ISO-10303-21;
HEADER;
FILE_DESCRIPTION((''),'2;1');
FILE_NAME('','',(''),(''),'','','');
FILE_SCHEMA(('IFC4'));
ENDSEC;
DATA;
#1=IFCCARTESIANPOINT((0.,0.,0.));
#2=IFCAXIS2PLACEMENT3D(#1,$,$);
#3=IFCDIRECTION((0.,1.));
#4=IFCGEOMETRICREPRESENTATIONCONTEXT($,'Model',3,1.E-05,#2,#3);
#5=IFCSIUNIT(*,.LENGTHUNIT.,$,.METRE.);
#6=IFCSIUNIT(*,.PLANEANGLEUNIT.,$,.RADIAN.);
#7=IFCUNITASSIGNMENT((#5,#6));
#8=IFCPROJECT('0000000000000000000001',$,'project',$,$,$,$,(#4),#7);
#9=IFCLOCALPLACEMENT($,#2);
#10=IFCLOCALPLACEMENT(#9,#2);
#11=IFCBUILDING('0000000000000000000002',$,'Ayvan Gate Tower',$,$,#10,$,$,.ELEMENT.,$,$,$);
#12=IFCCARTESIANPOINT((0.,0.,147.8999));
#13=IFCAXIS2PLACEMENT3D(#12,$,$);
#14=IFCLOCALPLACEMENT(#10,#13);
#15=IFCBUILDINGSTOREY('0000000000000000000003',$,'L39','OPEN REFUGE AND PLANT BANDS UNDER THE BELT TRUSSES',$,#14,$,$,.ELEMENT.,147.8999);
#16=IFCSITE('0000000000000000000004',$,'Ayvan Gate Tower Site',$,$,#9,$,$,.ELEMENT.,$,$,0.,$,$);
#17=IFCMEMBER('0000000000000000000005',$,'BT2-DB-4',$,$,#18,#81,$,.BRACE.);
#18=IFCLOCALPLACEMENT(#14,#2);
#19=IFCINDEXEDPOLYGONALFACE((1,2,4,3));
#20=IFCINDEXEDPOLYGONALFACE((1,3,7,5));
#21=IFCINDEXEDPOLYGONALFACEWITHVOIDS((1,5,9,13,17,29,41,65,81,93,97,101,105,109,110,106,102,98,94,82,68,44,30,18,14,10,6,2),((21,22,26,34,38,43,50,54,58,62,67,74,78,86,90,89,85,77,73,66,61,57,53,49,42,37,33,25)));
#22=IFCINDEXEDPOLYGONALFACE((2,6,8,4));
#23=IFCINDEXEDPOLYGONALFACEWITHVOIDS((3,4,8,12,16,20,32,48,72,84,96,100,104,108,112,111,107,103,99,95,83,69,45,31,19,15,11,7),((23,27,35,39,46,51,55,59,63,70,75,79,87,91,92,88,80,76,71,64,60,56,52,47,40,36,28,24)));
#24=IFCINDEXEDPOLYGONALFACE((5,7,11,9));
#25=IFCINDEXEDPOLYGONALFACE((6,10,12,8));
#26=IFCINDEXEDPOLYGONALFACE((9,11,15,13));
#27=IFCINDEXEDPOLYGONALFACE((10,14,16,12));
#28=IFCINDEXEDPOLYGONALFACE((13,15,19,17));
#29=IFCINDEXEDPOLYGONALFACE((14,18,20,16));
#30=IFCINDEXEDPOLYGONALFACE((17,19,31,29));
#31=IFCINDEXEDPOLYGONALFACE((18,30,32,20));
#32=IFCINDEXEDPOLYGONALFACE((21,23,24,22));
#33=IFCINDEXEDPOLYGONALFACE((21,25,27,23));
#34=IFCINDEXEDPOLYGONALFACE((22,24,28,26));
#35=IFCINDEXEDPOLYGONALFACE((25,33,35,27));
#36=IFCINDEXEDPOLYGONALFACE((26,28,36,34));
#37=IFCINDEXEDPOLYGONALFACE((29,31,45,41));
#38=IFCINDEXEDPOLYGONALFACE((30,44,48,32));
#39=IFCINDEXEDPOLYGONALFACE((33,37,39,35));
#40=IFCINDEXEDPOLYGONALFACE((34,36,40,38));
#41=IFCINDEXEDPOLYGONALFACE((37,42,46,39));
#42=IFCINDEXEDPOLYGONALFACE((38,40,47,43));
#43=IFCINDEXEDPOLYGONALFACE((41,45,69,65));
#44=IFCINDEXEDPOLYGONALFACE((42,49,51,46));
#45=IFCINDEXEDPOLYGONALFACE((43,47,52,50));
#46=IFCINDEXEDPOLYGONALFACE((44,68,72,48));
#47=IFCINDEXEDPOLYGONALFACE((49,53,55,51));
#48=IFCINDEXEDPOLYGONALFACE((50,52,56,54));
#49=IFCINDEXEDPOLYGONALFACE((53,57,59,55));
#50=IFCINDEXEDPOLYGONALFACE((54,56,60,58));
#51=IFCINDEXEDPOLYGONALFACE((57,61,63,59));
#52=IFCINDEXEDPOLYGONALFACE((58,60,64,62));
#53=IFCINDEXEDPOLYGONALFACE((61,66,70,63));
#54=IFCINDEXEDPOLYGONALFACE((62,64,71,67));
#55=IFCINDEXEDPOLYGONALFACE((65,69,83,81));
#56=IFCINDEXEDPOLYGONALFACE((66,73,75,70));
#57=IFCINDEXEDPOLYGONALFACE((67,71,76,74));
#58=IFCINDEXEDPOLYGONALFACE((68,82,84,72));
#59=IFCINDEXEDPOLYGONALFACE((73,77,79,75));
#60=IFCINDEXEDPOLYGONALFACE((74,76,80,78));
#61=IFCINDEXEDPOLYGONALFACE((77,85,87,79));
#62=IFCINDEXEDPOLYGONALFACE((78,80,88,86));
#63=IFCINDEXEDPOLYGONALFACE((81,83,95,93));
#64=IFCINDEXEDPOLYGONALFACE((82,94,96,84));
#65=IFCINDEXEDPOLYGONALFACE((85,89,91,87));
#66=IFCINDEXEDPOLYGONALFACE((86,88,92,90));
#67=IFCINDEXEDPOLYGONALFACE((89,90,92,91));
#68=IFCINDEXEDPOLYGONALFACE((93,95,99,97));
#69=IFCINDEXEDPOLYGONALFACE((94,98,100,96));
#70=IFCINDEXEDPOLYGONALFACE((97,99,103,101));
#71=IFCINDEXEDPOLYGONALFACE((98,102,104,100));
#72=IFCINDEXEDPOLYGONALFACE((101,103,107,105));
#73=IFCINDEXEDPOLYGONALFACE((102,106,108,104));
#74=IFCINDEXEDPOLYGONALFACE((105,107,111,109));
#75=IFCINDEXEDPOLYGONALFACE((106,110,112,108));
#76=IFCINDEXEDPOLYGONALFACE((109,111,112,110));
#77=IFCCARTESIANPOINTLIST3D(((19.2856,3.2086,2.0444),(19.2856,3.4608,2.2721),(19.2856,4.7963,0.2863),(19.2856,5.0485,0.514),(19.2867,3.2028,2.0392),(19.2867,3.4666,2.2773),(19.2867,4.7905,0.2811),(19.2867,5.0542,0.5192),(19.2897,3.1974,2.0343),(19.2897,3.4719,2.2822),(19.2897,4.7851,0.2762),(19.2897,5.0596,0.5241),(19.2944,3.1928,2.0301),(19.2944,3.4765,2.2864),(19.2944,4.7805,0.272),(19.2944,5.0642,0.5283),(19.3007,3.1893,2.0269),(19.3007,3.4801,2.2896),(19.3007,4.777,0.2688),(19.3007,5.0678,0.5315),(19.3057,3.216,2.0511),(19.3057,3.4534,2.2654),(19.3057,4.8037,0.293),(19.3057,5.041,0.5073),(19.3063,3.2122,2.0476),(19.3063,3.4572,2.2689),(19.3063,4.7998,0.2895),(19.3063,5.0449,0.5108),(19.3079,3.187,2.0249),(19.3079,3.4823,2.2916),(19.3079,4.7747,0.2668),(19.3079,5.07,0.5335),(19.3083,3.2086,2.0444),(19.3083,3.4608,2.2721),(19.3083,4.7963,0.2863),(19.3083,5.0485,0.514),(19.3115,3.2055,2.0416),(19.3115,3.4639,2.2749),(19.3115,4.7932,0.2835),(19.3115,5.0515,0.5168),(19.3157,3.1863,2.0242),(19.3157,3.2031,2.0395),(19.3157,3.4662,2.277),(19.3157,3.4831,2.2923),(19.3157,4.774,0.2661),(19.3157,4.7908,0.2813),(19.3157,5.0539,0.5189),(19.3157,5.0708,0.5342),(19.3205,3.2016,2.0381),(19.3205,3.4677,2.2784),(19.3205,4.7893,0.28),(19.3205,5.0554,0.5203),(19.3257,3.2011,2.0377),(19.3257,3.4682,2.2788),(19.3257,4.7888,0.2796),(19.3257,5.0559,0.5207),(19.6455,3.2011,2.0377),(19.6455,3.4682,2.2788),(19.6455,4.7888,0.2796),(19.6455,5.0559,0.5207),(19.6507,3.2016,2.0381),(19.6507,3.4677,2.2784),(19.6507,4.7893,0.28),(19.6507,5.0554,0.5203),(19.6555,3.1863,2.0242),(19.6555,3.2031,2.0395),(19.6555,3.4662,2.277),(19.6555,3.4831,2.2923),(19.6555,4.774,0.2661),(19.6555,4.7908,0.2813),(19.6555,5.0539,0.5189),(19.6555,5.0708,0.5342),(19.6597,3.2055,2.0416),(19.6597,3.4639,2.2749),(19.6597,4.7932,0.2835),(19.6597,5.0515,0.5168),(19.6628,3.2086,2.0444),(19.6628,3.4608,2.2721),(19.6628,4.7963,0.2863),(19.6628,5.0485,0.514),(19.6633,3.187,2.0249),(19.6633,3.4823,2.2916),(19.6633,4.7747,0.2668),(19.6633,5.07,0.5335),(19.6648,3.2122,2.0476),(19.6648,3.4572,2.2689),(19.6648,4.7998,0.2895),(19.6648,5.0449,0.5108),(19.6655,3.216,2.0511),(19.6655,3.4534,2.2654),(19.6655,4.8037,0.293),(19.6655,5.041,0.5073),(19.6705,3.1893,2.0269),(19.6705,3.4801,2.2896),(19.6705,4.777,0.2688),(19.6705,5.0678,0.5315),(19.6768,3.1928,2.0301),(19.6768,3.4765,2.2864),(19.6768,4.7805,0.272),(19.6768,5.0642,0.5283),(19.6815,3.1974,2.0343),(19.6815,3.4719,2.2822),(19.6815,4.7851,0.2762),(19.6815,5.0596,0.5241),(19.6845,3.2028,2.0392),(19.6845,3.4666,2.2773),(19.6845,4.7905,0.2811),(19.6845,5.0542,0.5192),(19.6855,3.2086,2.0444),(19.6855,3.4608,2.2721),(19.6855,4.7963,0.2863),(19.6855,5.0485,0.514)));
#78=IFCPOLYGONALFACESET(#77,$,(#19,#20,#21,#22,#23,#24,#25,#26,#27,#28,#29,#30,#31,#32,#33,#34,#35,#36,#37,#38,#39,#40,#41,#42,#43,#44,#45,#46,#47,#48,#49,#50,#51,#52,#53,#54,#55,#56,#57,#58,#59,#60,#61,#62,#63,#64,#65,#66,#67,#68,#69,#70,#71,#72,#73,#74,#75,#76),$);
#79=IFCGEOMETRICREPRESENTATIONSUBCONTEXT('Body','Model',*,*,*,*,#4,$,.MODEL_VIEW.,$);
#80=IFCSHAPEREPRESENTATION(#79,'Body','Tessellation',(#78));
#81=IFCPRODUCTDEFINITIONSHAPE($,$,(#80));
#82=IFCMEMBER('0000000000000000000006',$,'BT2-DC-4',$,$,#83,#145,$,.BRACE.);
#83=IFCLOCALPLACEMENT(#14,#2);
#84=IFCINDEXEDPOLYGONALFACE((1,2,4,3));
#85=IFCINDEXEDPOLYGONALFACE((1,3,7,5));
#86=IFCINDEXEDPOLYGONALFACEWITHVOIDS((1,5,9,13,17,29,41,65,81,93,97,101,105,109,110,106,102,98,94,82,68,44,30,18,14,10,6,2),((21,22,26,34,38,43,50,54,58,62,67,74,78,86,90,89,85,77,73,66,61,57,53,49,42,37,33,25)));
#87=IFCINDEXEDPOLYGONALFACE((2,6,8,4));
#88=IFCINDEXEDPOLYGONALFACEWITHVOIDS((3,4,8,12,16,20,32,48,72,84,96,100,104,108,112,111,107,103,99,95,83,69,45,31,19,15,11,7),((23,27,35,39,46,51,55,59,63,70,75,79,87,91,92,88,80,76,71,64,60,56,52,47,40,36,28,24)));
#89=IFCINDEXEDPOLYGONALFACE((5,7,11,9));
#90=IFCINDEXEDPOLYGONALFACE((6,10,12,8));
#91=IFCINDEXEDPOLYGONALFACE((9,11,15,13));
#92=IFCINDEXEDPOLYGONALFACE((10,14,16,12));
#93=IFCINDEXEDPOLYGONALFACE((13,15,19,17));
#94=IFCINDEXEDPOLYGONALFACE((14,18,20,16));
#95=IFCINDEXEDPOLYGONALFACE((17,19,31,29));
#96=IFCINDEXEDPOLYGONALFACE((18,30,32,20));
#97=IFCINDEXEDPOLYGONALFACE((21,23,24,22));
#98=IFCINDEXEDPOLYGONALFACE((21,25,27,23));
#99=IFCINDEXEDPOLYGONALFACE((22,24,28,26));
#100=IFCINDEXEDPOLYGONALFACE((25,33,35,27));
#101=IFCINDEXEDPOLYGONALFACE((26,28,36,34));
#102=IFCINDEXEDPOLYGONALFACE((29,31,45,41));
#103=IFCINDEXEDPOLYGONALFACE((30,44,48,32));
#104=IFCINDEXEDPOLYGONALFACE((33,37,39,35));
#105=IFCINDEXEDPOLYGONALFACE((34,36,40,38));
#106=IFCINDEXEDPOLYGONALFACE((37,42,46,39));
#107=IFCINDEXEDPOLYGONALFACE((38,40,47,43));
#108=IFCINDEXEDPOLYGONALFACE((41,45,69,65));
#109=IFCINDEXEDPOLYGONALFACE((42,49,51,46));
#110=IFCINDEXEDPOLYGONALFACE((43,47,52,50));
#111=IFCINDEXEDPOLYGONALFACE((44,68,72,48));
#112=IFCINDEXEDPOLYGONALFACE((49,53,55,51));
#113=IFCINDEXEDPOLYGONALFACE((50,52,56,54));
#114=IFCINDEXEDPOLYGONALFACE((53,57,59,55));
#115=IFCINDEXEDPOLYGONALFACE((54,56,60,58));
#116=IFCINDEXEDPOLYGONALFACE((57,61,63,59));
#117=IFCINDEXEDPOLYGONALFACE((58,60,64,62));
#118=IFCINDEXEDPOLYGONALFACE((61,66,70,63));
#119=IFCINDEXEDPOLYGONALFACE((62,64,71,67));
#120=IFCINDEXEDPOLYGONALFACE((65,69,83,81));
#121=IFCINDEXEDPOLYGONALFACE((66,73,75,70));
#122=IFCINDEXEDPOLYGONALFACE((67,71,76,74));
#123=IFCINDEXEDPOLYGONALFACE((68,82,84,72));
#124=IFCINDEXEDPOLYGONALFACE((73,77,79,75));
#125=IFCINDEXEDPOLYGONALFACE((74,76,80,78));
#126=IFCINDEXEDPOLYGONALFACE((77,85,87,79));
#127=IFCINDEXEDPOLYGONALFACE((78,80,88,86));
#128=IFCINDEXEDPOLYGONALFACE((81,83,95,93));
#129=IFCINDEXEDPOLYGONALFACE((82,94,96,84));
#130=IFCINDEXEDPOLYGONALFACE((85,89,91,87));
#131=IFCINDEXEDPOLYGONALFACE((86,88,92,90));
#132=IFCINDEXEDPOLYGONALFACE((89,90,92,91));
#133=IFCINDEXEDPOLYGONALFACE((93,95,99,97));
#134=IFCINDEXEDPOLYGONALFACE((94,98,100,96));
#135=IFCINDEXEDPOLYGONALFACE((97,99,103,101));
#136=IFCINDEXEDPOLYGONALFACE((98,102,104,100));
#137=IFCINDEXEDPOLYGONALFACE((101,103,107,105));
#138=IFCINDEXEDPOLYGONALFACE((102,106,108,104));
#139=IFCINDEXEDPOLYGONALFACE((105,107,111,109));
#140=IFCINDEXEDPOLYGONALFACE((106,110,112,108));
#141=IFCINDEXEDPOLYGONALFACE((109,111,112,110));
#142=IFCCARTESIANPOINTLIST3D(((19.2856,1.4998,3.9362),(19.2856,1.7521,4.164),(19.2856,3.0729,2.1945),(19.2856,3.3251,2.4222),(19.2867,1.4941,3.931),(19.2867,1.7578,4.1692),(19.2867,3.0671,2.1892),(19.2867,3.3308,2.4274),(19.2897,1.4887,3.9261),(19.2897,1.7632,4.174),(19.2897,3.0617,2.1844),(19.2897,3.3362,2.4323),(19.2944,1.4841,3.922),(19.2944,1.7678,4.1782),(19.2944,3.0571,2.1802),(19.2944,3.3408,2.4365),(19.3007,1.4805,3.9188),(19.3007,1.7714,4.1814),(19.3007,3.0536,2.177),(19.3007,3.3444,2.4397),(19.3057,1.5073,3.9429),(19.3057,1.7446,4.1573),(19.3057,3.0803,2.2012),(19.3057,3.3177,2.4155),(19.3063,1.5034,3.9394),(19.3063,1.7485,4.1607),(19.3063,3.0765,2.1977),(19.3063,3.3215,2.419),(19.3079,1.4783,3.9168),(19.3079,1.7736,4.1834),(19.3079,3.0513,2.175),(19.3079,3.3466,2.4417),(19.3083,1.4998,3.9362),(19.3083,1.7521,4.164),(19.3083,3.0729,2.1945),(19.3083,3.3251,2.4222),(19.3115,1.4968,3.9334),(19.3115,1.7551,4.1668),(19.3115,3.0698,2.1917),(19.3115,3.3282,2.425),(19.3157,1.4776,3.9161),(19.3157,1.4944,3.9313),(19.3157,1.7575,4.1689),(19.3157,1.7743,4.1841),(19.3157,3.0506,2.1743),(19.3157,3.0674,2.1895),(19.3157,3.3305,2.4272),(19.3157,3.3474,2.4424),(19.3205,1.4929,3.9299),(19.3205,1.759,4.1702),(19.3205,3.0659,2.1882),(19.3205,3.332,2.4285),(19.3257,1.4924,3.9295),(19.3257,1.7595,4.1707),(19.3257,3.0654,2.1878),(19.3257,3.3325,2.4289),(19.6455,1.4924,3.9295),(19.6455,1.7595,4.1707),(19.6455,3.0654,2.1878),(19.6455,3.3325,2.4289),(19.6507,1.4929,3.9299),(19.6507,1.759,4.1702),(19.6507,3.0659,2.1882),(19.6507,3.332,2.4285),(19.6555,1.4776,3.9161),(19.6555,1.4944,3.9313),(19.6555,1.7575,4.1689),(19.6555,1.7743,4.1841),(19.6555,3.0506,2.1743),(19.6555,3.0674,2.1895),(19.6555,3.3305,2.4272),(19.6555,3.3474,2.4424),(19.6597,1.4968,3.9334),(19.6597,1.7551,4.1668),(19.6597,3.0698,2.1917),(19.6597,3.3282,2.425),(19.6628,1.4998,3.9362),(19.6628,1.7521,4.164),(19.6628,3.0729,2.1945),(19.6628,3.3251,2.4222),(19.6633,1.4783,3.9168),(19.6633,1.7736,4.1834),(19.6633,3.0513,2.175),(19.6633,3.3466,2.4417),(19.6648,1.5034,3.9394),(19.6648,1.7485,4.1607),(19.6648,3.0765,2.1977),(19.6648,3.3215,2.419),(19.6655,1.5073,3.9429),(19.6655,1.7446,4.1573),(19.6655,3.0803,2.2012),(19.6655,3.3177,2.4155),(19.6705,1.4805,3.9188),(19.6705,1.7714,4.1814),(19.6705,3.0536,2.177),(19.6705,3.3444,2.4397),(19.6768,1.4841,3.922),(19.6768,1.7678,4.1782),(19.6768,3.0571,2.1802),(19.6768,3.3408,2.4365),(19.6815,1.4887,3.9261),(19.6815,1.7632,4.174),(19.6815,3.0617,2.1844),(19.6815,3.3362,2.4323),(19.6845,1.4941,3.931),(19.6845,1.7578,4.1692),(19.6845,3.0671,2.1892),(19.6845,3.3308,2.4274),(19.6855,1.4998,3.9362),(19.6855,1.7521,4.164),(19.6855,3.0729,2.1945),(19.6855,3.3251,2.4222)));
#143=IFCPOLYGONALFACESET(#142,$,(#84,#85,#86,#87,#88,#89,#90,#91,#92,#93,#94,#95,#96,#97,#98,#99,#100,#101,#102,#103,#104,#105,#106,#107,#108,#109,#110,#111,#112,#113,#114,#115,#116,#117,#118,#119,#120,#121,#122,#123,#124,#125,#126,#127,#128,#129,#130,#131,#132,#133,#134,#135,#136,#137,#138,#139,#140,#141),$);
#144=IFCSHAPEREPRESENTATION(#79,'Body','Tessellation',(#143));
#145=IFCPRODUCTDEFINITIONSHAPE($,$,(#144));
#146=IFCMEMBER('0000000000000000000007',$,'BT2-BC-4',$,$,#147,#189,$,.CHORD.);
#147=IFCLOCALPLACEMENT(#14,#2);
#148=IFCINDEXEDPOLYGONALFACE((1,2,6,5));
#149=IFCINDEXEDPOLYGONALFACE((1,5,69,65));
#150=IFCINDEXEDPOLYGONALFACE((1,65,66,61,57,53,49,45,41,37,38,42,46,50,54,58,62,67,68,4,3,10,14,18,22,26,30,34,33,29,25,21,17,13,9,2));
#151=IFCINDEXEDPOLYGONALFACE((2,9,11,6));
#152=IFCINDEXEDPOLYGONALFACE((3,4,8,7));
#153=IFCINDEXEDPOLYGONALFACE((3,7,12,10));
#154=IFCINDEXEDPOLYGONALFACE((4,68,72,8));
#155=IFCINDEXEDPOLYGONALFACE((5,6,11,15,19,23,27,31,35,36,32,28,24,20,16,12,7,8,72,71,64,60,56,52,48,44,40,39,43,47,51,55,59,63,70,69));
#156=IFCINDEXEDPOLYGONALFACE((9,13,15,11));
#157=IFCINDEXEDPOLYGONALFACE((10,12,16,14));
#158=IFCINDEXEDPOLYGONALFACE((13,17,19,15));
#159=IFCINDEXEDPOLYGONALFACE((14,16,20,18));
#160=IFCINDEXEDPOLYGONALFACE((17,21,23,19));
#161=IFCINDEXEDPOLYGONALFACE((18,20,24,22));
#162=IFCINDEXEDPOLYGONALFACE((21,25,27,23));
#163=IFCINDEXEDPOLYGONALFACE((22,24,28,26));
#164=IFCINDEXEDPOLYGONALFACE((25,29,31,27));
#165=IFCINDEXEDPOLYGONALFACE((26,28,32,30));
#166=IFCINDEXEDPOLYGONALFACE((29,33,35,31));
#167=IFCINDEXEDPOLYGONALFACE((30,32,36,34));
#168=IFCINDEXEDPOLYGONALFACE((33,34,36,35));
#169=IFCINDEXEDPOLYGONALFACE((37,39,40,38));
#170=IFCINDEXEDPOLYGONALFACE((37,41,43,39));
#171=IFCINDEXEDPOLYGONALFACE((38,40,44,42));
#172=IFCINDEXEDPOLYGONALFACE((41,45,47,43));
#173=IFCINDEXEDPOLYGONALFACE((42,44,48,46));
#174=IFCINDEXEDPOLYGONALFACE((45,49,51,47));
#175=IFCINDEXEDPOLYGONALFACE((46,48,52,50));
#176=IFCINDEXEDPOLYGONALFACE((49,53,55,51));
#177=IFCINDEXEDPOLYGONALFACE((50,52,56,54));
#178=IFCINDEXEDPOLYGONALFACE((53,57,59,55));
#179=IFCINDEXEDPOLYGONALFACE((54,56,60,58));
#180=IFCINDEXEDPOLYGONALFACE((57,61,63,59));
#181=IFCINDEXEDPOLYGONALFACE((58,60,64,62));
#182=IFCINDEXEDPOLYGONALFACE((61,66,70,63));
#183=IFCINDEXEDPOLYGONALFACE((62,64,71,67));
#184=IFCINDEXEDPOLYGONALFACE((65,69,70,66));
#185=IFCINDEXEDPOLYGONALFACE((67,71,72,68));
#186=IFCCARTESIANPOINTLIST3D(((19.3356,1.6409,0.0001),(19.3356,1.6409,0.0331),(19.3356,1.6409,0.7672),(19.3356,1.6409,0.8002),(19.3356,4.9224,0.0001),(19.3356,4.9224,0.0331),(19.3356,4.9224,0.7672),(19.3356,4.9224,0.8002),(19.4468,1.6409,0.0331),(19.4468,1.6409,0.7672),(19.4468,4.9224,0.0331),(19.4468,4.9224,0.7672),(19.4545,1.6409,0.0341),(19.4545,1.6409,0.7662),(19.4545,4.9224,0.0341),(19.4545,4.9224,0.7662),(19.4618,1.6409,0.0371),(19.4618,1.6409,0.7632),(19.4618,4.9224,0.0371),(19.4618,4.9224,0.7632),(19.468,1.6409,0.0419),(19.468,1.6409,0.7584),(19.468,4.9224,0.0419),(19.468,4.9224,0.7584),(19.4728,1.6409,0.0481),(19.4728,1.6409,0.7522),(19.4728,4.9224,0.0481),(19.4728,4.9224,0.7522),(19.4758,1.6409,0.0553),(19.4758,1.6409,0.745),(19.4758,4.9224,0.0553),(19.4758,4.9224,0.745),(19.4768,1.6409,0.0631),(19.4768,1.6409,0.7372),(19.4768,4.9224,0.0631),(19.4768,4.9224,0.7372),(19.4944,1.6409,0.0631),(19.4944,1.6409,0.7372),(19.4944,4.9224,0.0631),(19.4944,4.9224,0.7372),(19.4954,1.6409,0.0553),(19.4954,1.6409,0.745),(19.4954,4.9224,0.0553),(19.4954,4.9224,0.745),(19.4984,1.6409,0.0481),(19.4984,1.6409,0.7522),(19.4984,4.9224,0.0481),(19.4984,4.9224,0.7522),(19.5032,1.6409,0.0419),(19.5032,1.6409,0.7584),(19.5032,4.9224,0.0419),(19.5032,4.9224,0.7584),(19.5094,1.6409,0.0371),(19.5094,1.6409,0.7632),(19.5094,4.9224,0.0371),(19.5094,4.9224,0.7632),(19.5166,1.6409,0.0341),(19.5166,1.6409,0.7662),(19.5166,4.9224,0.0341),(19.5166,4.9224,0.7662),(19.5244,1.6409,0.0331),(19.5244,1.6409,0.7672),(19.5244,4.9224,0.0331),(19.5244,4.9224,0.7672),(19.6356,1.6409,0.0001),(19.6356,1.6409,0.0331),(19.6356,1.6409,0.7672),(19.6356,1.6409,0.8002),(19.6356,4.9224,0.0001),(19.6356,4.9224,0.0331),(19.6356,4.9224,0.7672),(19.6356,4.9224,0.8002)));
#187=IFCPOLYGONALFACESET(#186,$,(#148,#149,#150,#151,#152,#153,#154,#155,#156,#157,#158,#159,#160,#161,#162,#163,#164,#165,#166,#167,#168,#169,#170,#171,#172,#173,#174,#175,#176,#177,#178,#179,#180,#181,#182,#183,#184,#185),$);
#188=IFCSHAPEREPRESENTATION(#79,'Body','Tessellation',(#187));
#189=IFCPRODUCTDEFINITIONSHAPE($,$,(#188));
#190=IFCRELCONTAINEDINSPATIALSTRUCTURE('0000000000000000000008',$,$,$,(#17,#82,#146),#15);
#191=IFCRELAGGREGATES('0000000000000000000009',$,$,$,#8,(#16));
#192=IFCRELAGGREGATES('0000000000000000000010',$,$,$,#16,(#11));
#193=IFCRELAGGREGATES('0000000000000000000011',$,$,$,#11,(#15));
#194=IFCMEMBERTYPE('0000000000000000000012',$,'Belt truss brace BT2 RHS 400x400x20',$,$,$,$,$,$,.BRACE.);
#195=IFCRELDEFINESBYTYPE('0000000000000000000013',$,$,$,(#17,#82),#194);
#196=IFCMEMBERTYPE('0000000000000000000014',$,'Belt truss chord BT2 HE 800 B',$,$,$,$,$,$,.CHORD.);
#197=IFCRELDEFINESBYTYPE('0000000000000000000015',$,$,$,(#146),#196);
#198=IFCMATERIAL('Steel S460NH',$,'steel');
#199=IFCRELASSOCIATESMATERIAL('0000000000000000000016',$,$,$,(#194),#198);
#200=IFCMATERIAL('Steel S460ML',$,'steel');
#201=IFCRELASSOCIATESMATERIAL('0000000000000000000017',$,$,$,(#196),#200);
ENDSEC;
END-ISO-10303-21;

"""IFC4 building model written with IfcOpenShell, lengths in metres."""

from ifc_helpers import new_model, si_unit, direction, frame, origin, origin_2d, place, context, subcontext, project, spatial, hollow_rectangle, i_section, extrude, material, material_profile, profile_set, type_object, element, save


model = new_model("IFC4")

# Units and contexts
model_context = context("Model", 3, precision=1e-05, world=origin(), true_north=direction((0.0, 1.0)))
body_context = subcontext(model_context, "Body", "Model", "MODEL_VIEW")
ifc_project = project(units=[si_unit("LENGTHUNIT", "METRE"), si_unit("PLANEANGLEUNIT", "RADIAN")], contexts=[model_context])

# Site, building, storey
site_placement = place(None, origin())
site = spatial("IfcSite", under=ifc_project, at=site_placement, Name="Ayvan Gate Tower Site", CompositionType="ELEMENT", RefElevation=0.0)
building_placement = place(site_placement, origin())
building = spatial("IfcBuilding", under=site, at=building_placement, Name="Ayvan Gate Tower", CompositionType="ELEMENT")
storey_placement = place(building_placement, frame((0.0, 0.0, 147.8999)))
storey = spatial("IfcBuildingStorey", under=building, at=storey_placement, Name="L39", Description="OPEN REFUGE AND PLANT BANDS UNDER THE BELT TRUSSES", CompositionType="ELEMENT", Elevation=147.8999)

# Members
ifc_material_1 = material(Name="Steel S460NH", Category="steel")
ifc_material_profile_1 = material_profile(ifc_material_1, hollow_rectangle(XDim=0.3999, YDim=0.3999, WallThickness=0.02, InnerFilletRadius=0.02, OuterFilletRadius=0.03, at=origin_2d()), Name="RHS 400x400x20")
ifc_profile_set_1 = profile_set([ifc_material_profile_1], Name="Steel S460NH")
member_type_1 = type_object("IfcMemberType", Name="Belt truss brace BT2 RHS 400x400x20", PredefinedType="BRACE", material=ifc_profile_set_1)
member_1_placement = place(storey_placement, frame((19.4856, 4.9224, 0.4001), z_axis=(0.0, -0.670222, 0.742161), x_axis=(1.0, 0.0, 0.0)))
element("IfcMember", 1, at=member_1_placement, inside=storey, type_object=member_type_1, Name="BT2-DB-4", PredefinedType="BRACE", context=body_context, shape_type="SweptSolid", body=[
    extrude(hollow_rectangle(XDim=0.3999, YDim=0.3999, WallThickness=0.02, InnerFilletRadius=0.02, OuterFilletRadius=0.03, at=origin_2d()), origin(), (0.0, 0.0, 1.0), 2.3689),
])
member_2_placement = place(storey_placement, frame((19.4856, 3.199, 2.3083), z_axis=(0.0, -0.670251, 0.742134), x_axis=(1.0, 0.0, 0.0)))
element("IfcMember", 2, at=member_2_placement, inside=storey, type_object=member_type_1, Name="BT2-DC-4", PredefinedType="BRACE", context=body_context, shape_type="SweptSolid", body=[
    extrude(hollow_rectangle(XDim=0.3999, YDim=0.3999, WallThickness=0.02, InnerFilletRadius=0.02, OuterFilletRadius=0.03, at=origin_2d()), origin(), (0.0, 0.0, 1.0), 2.3469),
])
ifc_material_2 = material(Name="Steel S460ML", Category="steel")
ifc_material_profile_2 = material_profile(ifc_material_2, i_section(OverallWidth=0.3, OverallDepth=0.8, WebThickness=0.0176, FlangeThickness=0.033, FilletRadius=0.03, at=origin_2d()), Name="HE 800 B")
ifc_profile_set_2 = profile_set([ifc_material_profile_2], Name="Steel S460ML")
member_type_2 = type_object("IfcMemberType", Name="Belt truss chord BT2 HE 800 B", PredefinedType="CHORD", material=ifc_profile_set_2)
member_3_placement = place(storey_placement, frame((19.4856, 1.6409, 0.4001), z_axis=(0.0, 1.0, 0.0), x_axis=(-1.0, 0.0, 0.0)))
element("IfcMember", 3, at=member_3_placement, inside=storey, type_object=member_type_2, Name="BT2-BC-4", PredefinedType="CHORD", context=body_context, shape_type="SweptSolid", body=[
    extrude(i_section(OverallWidth=0.3, OverallDepth=0.8, WebThickness=0.0176, FlangeThickness=0.033, FilletRadius=0.03, at=origin_2d()), origin(), (0.0, 0.0, 1.0), 3.2815),
])

save(model, "model.ifc")
